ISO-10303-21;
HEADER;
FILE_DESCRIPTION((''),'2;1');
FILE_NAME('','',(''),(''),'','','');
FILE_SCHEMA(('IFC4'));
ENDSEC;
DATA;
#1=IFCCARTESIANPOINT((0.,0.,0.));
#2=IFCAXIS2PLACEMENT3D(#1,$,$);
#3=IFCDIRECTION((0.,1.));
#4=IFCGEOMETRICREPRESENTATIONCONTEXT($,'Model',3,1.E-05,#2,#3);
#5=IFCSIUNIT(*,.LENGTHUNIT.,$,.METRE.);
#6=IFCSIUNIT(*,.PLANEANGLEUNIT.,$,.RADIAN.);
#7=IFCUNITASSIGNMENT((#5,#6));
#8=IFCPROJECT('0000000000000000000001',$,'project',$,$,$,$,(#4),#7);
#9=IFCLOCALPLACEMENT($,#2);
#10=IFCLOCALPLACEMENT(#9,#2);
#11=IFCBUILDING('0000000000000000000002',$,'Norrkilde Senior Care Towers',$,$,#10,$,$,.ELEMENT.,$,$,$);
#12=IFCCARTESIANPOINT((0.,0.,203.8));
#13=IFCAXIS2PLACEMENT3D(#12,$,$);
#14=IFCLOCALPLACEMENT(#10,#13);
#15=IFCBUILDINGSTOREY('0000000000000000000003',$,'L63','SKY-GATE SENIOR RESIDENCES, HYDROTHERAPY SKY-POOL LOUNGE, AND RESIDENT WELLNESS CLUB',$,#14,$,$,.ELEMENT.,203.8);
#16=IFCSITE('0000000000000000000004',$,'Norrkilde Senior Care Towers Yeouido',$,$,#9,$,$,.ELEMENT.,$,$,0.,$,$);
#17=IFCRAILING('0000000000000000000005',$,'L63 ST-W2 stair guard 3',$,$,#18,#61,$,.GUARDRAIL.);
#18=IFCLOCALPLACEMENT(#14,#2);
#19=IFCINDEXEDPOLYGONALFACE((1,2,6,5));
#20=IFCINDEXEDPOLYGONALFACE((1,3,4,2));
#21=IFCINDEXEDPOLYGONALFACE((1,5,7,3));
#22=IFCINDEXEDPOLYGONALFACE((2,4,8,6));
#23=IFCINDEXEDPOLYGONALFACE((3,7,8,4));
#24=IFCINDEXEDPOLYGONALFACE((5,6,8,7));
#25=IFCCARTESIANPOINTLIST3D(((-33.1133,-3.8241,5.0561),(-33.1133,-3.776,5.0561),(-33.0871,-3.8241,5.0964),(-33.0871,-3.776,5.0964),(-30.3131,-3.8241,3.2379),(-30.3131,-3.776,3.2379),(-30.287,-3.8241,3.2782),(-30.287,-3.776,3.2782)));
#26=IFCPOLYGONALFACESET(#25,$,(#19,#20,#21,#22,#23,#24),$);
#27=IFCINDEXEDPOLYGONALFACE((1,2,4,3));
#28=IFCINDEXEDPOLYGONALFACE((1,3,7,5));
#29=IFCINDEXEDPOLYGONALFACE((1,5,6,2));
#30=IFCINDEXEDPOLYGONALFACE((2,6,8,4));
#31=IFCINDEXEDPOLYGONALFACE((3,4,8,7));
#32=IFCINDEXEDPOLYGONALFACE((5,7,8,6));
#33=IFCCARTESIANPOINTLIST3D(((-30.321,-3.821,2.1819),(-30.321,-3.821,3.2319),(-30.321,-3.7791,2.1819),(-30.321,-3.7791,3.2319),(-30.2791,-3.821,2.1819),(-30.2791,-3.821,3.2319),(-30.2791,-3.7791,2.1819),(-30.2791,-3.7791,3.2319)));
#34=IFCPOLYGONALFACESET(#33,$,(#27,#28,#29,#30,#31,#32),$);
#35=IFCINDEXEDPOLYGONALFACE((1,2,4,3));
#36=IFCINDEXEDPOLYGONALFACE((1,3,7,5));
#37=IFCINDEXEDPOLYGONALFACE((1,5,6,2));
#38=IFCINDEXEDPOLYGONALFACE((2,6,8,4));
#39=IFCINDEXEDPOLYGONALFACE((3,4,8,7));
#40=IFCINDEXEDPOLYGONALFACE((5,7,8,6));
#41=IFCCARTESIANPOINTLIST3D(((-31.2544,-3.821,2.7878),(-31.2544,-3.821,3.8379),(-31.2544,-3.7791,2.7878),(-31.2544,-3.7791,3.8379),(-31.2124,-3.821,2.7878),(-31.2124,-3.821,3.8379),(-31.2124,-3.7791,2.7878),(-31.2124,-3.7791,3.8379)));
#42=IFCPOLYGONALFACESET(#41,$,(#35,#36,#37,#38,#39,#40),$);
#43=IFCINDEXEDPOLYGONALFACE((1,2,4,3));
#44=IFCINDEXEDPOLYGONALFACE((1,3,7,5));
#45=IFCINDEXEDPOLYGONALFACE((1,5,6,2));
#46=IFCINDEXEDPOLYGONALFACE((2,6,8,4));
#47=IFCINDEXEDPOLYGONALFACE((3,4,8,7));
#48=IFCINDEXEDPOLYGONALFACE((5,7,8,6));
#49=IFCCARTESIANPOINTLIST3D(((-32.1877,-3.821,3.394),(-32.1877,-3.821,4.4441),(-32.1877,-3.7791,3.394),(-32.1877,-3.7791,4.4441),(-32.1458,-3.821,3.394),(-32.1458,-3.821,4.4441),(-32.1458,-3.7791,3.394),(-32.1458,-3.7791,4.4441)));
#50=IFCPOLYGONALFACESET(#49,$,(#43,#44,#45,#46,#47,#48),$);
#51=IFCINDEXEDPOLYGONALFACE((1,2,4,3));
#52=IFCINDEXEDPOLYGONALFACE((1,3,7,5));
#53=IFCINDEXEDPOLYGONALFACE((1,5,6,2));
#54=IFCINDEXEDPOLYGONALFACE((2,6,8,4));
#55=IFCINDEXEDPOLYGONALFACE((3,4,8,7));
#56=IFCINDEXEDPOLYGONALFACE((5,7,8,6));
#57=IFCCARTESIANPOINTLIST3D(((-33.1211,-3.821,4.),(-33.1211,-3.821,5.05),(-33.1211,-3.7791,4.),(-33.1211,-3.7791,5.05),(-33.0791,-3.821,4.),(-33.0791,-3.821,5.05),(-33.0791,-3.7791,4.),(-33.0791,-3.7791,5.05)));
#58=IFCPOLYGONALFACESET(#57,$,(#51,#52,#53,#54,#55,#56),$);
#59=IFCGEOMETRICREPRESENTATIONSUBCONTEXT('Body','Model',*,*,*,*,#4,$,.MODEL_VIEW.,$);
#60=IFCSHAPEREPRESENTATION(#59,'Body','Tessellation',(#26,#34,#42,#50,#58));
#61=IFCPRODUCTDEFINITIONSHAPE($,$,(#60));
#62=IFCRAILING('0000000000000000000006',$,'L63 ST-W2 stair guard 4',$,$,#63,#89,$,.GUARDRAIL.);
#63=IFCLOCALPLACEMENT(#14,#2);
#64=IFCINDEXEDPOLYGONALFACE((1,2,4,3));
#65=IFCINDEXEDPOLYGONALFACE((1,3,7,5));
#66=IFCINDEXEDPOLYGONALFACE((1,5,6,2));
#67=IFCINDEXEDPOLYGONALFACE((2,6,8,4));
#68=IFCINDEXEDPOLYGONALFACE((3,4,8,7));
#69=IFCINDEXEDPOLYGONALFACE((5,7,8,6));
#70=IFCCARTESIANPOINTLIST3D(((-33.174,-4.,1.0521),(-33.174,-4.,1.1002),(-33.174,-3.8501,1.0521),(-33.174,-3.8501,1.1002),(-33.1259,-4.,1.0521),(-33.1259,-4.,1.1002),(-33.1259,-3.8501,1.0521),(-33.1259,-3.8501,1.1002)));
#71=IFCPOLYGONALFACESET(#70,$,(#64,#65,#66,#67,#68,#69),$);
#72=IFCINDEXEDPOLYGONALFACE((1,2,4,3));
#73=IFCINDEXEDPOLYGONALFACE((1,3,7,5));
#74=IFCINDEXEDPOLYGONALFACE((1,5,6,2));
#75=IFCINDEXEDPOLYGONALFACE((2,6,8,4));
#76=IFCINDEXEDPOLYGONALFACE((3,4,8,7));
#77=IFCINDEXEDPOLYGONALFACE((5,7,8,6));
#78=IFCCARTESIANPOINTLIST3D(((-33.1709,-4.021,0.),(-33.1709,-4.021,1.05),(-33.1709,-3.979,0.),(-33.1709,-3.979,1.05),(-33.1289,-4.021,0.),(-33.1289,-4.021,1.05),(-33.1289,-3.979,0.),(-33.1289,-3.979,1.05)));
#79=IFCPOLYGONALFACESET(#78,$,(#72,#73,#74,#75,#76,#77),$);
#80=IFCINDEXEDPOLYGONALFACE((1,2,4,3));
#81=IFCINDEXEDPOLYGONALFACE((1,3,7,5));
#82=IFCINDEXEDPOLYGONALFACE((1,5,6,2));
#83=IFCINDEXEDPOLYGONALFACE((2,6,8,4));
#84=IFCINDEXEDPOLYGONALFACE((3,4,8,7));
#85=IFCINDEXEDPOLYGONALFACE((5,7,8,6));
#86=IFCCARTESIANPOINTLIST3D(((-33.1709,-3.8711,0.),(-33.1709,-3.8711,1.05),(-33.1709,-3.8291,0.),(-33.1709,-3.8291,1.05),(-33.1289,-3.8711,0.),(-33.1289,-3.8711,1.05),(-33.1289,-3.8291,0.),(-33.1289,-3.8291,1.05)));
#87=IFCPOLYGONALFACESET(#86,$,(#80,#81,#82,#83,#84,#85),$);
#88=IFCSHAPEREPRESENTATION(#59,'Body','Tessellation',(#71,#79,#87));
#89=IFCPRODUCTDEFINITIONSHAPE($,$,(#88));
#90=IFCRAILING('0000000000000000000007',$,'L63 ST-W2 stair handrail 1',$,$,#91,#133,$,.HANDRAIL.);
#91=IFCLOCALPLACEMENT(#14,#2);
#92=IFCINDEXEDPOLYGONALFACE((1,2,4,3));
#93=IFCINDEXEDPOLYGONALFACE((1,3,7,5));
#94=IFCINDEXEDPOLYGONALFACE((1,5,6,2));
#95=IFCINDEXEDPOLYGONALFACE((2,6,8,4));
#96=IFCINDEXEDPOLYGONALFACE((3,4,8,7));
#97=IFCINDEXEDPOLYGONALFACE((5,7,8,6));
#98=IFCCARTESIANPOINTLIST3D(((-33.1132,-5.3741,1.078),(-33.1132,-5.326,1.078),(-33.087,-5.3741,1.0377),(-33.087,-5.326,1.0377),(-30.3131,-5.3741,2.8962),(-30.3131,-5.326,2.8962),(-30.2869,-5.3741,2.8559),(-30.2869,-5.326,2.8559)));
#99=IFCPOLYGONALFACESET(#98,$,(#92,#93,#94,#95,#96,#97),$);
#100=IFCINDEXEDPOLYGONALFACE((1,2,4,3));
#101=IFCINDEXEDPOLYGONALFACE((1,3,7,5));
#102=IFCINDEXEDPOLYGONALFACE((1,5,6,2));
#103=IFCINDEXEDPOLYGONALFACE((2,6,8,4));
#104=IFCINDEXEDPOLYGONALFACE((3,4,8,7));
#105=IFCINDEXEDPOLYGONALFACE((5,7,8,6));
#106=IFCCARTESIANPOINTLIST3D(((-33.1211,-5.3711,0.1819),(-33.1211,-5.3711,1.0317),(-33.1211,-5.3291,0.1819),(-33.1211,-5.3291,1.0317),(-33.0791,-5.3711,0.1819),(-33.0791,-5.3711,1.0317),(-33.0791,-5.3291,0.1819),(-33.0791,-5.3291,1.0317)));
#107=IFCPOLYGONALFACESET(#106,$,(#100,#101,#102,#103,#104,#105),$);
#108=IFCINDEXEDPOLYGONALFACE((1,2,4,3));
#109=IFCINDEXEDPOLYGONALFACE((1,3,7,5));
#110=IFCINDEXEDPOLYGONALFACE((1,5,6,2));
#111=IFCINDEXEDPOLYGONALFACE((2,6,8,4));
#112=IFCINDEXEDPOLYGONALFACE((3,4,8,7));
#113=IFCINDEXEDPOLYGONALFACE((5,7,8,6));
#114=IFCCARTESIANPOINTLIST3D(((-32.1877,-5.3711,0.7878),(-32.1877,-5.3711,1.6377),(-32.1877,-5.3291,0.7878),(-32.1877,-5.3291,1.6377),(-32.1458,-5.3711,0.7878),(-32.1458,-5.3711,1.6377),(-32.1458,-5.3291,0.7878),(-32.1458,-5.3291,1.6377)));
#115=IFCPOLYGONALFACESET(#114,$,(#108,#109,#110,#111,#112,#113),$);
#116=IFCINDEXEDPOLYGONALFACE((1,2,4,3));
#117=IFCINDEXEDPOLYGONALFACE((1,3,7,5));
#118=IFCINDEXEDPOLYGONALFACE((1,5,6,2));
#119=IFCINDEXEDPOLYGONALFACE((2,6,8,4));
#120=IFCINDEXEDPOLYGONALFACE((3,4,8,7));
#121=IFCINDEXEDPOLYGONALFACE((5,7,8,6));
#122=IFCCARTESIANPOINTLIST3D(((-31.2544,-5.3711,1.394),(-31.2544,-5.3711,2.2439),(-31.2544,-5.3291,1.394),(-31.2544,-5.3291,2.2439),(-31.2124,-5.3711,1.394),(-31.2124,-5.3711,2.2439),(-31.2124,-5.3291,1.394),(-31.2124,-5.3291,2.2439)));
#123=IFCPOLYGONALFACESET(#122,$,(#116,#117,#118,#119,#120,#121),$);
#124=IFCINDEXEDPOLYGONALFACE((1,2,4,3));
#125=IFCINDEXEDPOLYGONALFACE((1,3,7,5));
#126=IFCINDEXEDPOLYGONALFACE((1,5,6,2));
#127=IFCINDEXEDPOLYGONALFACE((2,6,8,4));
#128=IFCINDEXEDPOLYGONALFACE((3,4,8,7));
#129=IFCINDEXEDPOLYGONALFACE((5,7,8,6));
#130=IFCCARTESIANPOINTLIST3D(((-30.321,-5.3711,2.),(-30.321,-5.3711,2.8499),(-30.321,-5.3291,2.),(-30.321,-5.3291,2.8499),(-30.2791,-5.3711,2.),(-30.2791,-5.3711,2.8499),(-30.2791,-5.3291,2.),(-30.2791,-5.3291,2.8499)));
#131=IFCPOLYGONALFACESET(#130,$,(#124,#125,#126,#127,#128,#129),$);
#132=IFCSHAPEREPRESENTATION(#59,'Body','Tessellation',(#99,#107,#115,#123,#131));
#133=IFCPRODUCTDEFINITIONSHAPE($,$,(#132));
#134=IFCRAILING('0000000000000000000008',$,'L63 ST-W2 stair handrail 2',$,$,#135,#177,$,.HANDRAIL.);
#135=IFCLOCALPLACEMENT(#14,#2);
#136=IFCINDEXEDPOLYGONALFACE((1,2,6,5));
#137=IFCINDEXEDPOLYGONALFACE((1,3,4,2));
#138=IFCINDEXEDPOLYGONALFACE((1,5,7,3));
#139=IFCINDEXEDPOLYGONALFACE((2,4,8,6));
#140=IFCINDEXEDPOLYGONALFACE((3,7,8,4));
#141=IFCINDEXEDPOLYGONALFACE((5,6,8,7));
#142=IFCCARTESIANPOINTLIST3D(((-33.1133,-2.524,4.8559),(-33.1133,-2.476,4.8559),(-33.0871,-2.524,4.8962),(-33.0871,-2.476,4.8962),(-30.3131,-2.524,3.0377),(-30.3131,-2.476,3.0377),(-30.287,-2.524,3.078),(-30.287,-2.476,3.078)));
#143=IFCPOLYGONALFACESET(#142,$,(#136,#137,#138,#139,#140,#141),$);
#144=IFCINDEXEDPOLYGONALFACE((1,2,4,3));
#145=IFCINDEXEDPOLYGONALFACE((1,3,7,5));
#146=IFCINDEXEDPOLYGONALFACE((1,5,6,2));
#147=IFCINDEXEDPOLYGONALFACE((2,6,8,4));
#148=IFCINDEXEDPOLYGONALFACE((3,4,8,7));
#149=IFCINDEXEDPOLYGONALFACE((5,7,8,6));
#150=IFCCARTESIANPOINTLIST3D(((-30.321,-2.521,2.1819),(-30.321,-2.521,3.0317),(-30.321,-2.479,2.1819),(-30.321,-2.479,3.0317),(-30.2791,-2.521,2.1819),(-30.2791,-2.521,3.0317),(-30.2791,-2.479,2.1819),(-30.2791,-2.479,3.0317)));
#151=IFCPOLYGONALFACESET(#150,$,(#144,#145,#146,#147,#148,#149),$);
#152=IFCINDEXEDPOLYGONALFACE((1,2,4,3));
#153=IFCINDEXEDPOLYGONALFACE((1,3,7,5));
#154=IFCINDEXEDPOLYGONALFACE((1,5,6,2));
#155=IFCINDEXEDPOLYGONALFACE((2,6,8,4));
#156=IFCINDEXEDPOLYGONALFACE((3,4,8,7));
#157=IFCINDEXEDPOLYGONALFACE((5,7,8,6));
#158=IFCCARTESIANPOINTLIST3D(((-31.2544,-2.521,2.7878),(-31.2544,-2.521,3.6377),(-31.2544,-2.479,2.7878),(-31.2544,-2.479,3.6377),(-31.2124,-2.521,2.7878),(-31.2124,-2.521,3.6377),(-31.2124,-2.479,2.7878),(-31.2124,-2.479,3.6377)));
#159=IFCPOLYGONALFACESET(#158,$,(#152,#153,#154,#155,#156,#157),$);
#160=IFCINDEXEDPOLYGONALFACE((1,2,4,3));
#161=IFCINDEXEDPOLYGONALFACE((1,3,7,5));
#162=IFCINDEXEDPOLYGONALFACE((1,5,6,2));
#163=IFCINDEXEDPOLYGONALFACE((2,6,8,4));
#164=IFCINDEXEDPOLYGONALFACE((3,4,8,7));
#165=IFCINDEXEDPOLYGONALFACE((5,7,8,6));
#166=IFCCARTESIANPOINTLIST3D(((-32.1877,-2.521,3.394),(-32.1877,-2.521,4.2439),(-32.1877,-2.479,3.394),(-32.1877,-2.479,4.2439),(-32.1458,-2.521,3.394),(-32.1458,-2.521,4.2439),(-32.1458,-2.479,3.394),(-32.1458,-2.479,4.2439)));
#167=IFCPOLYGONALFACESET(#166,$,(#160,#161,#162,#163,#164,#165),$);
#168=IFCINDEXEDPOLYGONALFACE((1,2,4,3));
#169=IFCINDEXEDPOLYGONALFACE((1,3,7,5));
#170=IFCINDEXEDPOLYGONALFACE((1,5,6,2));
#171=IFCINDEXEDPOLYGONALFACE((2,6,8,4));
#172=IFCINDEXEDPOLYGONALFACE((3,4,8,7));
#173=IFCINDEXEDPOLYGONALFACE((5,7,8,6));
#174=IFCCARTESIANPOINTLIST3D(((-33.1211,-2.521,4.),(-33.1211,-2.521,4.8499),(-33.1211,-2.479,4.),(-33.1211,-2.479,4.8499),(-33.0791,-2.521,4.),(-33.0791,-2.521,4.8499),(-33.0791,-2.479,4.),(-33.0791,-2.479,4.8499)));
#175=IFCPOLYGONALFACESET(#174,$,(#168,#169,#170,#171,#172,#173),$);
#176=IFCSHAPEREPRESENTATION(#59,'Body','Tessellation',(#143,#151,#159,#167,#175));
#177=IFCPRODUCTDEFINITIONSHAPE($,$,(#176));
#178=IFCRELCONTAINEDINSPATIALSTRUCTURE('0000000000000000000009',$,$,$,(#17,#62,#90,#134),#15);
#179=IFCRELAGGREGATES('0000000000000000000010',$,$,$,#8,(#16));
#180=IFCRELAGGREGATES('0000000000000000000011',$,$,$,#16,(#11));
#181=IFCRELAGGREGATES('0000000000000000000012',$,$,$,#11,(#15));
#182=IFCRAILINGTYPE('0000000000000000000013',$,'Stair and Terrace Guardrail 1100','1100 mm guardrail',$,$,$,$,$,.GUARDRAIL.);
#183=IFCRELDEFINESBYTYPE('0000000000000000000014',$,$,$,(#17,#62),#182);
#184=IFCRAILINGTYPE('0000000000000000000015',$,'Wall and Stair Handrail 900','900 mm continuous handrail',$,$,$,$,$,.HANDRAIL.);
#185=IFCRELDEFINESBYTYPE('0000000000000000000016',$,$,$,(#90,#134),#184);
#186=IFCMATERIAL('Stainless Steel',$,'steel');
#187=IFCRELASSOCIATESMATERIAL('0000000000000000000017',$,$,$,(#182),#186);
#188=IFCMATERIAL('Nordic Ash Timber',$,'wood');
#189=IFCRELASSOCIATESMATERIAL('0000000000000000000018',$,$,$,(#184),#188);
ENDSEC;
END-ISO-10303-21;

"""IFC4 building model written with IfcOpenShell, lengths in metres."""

from ifc_helpers import new_model, si_unit, direction, frame, origin, origin_2d, place, context, subcontext, project, spatial, rectangle, extrude, material, type_object, element, save


model = new_model("IFC4")

# Units and contexts
model_context = context("Model", 3, precision=1e-05, world=origin(), true_north=direction((0.0, 1.0)))
body_context = subcontext(model_context, "Body", "Model", "MODEL_VIEW")
ifc_project = project(units=[si_unit("LENGTHUNIT", "METRE"), si_unit("PLANEANGLEUNIT", "RADIAN")], contexts=[model_context])

# Site, building, storey
site_placement = place(None, origin())
site = spatial("IfcSite", under=ifc_project, at=site_placement, Name="Norrkilde Senior Care Towers Yeouido", CompositionType="ELEMENT", RefElevation=0.0)
building_placement = place(site_placement, origin())
building = spatial("IfcBuilding", under=site, at=building_placement, Name="Norrkilde Senior Care Towers", CompositionType="ELEMENT")
storey_placement = place(building_placement, frame((0.0, 0.0, 203.8)))
storey = spatial("IfcBuildingStorey", under=building, at=storey_placement, Name="L63", Description="SKY-GATE SENIOR RESIDENCES, HYDROTHERAPY SKY-POOL LOUNGE, AND RESIDENT WELLNESS CLUB", CompositionType="ELEMENT", Elevation=203.8)

# Shared definitions
ifc_material_1 = material(Name="Stainless Steel", Category="steel")

# Railings
railing_type_1 = type_object("IfcRailingType", Name="Stair and Terrace Guardrail 1100", Description="1100 mm guardrail", PredefinedType="GUARDRAIL", material=ifc_material_1)
railing_1_placement = place(storey_placement, frame((-30.3, -3.8, 2.1819)))
element("IfcRailing", 1, at=railing_1_placement, inside=storey, type_object=railing_type_1, Name="L63 ST-W2 stair guard 3", PredefinedType="GUARDRAIL", context=body_context, shape_type="SweptSolid", body=[
    extrude(rectangle(XDim=0.0481, YDim=0.0481, at=origin_2d()), frame((0.0, 0.0, 1.0762), z_axis=(-0.838706, 0.0, 0.544585), x_axis=(0.0, -1.0, 0.0)), (0.0, 0.0, 1.0), 3.3386),
    extrude(rectangle(XDim=0.042, YDim=0.042, at=origin_2d()), origin(), (0.0, 0.0, 1.0), 1.05),
    extrude(rectangle(XDim=0.042, YDim=0.042, at=origin_2d()), frame((-0.9333, 0.0, 0.606)), (0.0, 0.0, 1.0), 1.05),
    extrude(rectangle(XDim=0.042, YDim=0.042, at=origin_2d()), frame((-1.8667, 0.0, 1.2122)), (0.0, 0.0, 1.0), 1.05),
    extrude(rectangle(XDim=0.042, YDim=0.042, at=origin_2d()), frame((-2.8, 0.0, 1.8181)), (0.0, 0.0, 1.0), 1.05),
])
railing_2_placement = place(storey_placement, frame((-33.1499, -4.0, 0.0)))
element("IfcRailing", 2, at=railing_2_placement, inside=storey, type_object=railing_type_1, Name="L63 ST-W2 stair guard 4", PredefinedType="GUARDRAIL", context=body_context, shape_type="SweptSolid", body=[
    extrude(rectangle(XDim=0.0481, YDim=0.0481, at=origin_2d()), frame((0.0, 0.0, 1.0762), z_axis=(0.0, 1.0, 0.0), x_axis=(-1.0, 0.0, 0.0)), (0.0, 0.0, 1.0), 0.1499),
    extrude(rectangle(XDim=0.042, YDim=0.042, at=origin_2d()), origin(), (0.0, 0.0, 1.0), 1.05),
    extrude(rectangle(XDim=0.042, YDim=0.042, at=origin_2d()), frame((0.0, 0.1499, 0.0)), (0.0, 0.0, 1.0), 1.05),
])
ifc_material_2 = material(Name="Nordic Ash Timber", Category="wood")
railing_type_2 = type_object("IfcRailingType", Name="Wall and Stair Handrail 900", Description="900 mm continuous handrail", PredefinedType="HANDRAIL", material=ifc_material_2)
railing_3_placement = place(storey_placement, frame((-33.1001, -5.3501, 0.1819)))
element("IfcRailing", 3, at=railing_3_placement, inside=storey, type_object=railing_type_2, Name="L63 ST-W2 stair handrail 1", PredefinedType="HANDRAIL", context=body_context, shape_type="SweptSolid", body=[
    extrude(rectangle(XDim=0.0481, YDim=0.0481, at=origin_2d()), frame((0.0, 0.0, 0.876), z_axis=(0.838706, 0.0, 0.544585), x_axis=(0.0, 1.0, 0.0)), (0.0, 0.0, 1.0), 3.3386),
    extrude(rectangle(XDim=0.042, YDim=0.042, at=origin_2d()), origin(), (0.0, 0.0, 1.0), 0.8499),
    extrude(rectangle(XDim=0.042, YDim=0.042, at=origin_2d()), frame((0.9333, 0.0, 0.606)), (0.0, 0.0, 1.0), 0.8499),
    extrude(rectangle(XDim=0.042, YDim=0.042, at=origin_2d()), frame((1.8667, 0.0, 1.2122)), (0.0, 0.0, 1.0), 0.8499),
    extrude(rectangle(XDim=0.042, YDim=0.042, at=origin_2d()), frame((2.8, 0.0, 1.8181)), (0.0, 0.0, 1.0), 0.8499),
])
railing_4_placement = place(storey_placement, frame((-30.3, -2.5, 2.1819)))
element("IfcRailing", 4, at=railing_4_placement, inside=storey, type_object=railing_type_2, Name="L63 ST-W2 stair handrail 2", PredefinedType="HANDRAIL", context=body_context, shape_type="SweptSolid", body=[
    extrude(rectangle(XDim=0.0481, YDim=0.0481, at=origin_2d()), frame((0.0, 0.0, 0.876), z_axis=(-0.838706, 0.0, 0.544585), x_axis=(0.0, -1.0, 0.0)), (0.0, 0.0, 1.0), 3.3386),
    extrude(rectangle(XDim=0.042, YDim=0.042, at=origin_2d()), origin(), (0.0, 0.0, 1.0), 0.8499),
    extrude(rectangle(XDim=0.042, YDim=0.042, at=origin_2d()), frame((-0.9333, 0.0, 0.606)), (0.0, 0.0, 1.0), 0.8499),
    extrude(rectangle(XDim=0.042, YDim=0.042, at=origin_2d()), frame((-1.8667, 0.0, 1.2122)), (0.0, 0.0, 1.0), 0.8499),
    extrude(rectangle(XDim=0.042, YDim=0.042, at=origin_2d()), frame((-2.8, 0.0, 1.8181)), (0.0, 0.0, 1.0), 0.8499),
])

save(model, "model.ifc")
